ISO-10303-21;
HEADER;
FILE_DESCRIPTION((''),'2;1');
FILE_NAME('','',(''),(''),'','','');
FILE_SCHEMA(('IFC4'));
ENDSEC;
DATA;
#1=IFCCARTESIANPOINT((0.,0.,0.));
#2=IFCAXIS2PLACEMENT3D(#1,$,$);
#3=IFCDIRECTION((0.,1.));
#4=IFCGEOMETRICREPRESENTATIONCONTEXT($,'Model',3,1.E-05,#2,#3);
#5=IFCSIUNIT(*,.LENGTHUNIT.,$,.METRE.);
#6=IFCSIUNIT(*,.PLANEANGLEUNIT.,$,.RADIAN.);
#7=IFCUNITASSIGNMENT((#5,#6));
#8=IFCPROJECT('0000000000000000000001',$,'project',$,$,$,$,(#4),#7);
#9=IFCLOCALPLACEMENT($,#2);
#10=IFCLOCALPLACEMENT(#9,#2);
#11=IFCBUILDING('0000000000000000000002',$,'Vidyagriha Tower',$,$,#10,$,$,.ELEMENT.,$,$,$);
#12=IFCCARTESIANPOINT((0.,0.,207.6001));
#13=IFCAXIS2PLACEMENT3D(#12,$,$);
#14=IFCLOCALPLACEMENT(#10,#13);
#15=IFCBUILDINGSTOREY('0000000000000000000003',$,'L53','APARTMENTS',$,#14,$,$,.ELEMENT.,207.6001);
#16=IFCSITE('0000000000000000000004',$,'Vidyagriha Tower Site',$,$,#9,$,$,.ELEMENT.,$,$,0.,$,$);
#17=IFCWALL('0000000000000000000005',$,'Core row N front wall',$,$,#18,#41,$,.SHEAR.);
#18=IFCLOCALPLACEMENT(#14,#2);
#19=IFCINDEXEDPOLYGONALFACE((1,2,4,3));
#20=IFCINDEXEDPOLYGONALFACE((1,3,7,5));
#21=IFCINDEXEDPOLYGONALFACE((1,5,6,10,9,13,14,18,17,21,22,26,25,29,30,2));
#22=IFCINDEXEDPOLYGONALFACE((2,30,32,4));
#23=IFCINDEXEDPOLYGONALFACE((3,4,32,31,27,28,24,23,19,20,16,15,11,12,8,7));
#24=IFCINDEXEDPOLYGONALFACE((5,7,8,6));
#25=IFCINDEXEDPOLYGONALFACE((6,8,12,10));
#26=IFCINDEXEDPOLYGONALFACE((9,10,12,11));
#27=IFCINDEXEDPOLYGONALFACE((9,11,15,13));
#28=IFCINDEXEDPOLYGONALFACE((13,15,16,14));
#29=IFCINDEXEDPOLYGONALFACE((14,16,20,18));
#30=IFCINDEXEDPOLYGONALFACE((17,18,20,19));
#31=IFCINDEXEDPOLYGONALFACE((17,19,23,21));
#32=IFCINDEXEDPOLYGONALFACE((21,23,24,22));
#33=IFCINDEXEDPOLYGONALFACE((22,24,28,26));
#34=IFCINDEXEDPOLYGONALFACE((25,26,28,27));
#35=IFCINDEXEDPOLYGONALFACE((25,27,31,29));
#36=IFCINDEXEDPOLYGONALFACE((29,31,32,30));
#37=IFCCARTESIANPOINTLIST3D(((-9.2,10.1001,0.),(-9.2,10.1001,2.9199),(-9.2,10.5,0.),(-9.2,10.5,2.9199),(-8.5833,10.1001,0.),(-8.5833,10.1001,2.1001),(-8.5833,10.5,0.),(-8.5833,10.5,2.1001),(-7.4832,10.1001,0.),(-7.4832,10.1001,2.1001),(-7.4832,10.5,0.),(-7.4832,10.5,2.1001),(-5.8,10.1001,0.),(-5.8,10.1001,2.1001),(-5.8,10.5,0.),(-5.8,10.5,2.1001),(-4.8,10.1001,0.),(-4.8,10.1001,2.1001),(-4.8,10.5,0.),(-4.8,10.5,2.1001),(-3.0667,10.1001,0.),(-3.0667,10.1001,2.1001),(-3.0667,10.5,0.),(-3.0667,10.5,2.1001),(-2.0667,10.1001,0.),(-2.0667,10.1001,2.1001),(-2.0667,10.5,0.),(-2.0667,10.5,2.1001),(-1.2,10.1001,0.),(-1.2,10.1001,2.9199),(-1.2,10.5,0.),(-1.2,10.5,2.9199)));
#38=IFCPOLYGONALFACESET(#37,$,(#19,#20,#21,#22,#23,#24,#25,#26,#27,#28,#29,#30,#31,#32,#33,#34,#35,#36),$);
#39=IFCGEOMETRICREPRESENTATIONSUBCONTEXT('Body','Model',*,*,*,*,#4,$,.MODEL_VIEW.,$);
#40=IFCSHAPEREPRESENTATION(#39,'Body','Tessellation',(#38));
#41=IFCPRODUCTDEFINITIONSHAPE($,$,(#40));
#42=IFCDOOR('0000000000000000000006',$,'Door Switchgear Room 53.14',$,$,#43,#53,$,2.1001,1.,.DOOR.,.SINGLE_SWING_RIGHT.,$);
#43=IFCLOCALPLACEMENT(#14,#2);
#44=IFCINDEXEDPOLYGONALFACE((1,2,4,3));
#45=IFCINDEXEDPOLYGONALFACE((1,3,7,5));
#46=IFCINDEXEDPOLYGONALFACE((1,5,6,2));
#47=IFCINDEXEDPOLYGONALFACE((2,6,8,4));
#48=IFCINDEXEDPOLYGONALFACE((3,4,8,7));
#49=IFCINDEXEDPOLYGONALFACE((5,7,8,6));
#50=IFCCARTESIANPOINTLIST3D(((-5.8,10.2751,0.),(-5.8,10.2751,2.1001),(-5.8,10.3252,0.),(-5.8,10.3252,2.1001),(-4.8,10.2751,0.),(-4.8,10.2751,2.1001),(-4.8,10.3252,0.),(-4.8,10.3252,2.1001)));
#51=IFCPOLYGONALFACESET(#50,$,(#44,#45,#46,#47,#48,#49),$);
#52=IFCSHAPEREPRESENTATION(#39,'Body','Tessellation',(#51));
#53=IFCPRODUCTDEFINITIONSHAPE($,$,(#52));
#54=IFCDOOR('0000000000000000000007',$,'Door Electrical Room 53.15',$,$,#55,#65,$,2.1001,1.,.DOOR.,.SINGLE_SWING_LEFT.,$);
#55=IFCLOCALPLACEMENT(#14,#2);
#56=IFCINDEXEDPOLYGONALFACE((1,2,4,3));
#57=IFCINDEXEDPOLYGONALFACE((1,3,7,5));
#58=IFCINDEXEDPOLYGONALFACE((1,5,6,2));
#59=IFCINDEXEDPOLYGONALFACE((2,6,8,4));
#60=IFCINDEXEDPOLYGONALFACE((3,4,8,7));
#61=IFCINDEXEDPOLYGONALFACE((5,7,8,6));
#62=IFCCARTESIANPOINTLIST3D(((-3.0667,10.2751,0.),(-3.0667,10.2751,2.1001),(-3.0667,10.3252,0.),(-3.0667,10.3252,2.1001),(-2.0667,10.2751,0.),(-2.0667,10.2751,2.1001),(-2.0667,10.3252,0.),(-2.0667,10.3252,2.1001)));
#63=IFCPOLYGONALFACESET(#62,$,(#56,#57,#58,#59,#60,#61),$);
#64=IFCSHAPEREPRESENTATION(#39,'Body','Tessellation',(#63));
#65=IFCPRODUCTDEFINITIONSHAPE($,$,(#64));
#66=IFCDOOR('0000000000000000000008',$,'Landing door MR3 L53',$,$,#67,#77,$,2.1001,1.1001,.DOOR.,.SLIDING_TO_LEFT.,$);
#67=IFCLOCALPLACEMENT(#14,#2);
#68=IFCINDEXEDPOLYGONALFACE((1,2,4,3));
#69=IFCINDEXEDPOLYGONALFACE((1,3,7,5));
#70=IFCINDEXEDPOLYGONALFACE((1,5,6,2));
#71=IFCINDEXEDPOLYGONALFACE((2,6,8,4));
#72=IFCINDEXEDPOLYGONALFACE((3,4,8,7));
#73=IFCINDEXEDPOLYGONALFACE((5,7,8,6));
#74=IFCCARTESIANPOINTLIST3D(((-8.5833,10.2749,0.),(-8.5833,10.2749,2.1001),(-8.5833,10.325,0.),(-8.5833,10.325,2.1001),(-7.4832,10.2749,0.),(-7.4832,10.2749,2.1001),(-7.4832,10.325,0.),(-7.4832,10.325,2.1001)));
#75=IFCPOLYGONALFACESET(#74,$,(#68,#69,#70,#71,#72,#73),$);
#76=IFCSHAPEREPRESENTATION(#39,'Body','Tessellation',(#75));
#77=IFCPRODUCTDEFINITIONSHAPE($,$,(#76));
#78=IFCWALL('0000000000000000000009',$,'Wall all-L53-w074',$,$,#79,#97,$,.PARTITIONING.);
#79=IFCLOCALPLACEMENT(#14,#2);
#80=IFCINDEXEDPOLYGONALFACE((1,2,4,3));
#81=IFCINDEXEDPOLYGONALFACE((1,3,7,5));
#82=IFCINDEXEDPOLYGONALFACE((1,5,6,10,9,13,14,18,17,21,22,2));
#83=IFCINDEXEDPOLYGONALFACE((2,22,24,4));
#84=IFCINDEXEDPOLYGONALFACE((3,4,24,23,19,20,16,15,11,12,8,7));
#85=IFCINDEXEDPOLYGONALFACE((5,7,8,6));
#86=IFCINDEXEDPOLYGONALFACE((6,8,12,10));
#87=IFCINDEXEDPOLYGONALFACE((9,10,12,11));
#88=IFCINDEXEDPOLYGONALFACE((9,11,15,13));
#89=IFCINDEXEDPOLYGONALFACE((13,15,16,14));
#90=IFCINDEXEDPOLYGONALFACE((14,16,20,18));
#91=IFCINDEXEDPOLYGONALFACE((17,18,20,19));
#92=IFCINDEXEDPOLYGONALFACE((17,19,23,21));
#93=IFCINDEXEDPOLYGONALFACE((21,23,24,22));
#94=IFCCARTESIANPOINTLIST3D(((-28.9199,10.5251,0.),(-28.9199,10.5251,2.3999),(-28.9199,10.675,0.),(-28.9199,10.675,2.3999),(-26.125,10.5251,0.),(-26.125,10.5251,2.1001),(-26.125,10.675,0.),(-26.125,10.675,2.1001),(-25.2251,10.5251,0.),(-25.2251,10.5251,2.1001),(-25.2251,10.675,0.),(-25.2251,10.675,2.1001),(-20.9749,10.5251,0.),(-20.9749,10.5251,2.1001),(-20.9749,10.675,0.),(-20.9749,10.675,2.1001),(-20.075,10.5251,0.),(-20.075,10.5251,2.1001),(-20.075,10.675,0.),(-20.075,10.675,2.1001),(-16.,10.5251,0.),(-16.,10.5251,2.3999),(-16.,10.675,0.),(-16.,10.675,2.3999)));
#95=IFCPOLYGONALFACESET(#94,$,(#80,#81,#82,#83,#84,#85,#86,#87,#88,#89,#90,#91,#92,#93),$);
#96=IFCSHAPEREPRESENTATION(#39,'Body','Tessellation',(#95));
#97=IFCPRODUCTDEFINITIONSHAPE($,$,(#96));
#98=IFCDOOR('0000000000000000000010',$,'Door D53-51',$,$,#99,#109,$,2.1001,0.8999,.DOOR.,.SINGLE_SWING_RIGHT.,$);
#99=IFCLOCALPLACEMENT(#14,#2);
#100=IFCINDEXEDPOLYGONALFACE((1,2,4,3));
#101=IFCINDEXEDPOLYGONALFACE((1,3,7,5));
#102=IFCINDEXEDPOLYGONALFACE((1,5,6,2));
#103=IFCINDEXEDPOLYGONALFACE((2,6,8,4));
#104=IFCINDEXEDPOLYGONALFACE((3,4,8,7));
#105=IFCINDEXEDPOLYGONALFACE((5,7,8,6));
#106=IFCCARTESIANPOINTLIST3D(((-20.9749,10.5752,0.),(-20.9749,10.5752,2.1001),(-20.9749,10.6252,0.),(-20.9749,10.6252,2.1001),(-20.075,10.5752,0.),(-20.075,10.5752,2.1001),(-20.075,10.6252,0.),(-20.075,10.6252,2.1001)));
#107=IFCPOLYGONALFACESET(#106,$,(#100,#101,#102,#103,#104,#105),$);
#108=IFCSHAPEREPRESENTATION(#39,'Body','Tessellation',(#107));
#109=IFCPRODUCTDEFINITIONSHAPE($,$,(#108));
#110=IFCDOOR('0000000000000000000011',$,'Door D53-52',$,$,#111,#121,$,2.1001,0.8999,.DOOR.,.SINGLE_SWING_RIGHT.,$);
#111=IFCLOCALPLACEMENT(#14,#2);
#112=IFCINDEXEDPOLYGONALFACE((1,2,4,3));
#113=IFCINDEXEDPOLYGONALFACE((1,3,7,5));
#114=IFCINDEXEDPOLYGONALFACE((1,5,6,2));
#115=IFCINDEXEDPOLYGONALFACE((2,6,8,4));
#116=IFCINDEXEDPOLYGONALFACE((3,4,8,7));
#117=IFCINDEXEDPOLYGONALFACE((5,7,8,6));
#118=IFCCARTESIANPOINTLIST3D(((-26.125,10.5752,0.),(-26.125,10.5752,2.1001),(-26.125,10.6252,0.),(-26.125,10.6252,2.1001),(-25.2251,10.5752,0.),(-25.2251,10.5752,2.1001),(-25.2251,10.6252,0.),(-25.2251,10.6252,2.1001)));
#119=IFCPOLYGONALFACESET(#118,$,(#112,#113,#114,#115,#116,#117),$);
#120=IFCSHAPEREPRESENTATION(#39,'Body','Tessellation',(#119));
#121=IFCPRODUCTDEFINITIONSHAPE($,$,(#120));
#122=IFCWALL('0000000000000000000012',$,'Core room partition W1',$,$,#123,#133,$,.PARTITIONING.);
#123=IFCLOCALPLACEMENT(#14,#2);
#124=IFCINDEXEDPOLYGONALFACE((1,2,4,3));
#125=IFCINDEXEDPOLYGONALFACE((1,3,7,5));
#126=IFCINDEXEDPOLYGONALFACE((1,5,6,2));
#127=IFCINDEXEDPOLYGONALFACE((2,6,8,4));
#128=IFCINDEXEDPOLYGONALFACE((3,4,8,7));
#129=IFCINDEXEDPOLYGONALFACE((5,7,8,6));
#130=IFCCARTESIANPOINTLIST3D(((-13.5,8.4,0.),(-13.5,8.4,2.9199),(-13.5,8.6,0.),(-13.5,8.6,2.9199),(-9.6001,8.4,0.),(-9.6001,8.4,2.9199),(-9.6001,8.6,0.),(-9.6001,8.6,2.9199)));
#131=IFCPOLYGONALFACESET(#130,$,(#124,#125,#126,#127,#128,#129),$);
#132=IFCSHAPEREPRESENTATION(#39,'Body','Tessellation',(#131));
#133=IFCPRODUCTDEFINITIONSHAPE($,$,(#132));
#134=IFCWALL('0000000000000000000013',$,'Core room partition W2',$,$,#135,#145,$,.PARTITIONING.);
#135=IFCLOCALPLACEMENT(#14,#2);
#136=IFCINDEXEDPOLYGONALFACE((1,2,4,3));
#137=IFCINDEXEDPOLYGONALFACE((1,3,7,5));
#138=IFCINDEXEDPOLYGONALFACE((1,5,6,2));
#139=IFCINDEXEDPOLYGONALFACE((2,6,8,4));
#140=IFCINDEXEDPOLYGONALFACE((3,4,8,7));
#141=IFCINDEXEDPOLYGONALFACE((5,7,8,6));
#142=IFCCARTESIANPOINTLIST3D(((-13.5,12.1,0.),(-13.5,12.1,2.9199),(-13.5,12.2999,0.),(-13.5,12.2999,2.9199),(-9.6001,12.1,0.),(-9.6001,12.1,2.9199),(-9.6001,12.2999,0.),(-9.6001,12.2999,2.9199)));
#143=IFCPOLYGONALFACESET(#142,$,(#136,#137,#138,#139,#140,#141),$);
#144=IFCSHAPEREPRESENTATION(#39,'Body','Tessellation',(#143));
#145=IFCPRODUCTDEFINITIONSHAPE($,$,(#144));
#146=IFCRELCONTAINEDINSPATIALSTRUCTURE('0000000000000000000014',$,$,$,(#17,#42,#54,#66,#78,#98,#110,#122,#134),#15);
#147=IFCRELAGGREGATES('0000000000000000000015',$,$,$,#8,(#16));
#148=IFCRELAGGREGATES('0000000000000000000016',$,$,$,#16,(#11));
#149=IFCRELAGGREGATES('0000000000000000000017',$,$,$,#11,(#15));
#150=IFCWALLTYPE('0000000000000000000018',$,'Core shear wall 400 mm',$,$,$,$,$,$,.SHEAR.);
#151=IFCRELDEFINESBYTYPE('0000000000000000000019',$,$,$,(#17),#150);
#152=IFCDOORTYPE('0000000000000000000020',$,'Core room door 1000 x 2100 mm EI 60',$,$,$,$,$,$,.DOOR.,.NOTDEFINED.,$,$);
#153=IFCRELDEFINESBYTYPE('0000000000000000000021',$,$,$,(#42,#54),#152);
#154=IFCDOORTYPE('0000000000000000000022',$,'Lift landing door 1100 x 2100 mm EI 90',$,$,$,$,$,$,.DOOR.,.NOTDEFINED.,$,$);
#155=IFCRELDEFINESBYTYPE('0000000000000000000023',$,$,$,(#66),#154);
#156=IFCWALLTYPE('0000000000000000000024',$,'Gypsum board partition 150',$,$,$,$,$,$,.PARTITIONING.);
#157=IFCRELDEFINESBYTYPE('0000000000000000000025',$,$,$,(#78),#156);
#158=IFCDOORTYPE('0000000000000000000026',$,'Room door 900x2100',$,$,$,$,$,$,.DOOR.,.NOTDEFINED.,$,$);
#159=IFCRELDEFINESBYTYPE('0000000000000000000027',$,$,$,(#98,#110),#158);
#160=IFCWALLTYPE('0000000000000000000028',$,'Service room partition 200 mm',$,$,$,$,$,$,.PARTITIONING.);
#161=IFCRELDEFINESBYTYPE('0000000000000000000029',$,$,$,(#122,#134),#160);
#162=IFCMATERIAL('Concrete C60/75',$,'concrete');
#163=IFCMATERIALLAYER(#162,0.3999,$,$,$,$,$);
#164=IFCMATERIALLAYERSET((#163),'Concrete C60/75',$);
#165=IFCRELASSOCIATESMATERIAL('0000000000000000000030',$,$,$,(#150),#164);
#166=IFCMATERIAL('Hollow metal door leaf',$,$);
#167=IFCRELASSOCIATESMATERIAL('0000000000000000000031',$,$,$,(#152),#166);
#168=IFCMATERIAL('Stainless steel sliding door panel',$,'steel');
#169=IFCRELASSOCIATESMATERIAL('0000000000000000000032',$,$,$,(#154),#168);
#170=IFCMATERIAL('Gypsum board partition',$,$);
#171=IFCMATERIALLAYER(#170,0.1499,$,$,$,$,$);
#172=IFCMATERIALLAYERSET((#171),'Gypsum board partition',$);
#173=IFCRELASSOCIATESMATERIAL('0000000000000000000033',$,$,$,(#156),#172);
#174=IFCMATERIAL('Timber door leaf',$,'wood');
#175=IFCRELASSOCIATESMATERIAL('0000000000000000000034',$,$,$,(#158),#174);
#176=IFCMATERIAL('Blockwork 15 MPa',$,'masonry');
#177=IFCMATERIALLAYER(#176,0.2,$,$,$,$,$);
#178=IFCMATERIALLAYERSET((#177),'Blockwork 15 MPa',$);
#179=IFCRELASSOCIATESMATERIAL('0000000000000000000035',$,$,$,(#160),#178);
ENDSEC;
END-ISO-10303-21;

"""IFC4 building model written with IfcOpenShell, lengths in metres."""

from ifc_helpers import new_model, si_unit, direction, frame, frame_2d, origin, place, context, subcontext, project, spatial, rectangle, extrude, material, layer, layer_set, type_object, element, fill, save


model = new_model("IFC4")

# Units and contexts
model_context = context("Model", 3, precision=1e-05, world=origin(), true_north=direction((0.0, 1.0)))
body_context = subcontext(model_context, "Body", "Model", "MODEL_VIEW")
ifc_project = project(units=[si_unit("LENGTHUNIT", "METRE"), si_unit("PLANEANGLEUNIT", "RADIAN")], contexts=[model_context])

# Site, building, storey
site_placement = place(None, origin())
site = spatial("IfcSite", under=ifc_project, at=site_placement, Name="Vidyagriha Tower Site", CompositionType="ELEMENT", RefElevation=0.0)
building_placement = place(site_placement, origin())
building = spatial("IfcBuilding", under=site, at=building_placement, Name="Vidyagriha Tower", CompositionType="ELEMENT")
storey_placement = place(building_placement, frame((0.0, 0.0, 207.6001)))
storey = spatial("IfcBuildingStorey", under=building, at=storey_placement, Name="L53", Description="APARTMENTS", CompositionType="ELEMENT", Elevation=207.6001)

# Walls, openings, doors
ifc_material_1 = material(Name="Concrete C60/75", Category="concrete")
ifc_layer_1 = layer(ifc_material_1, 0.3999)
ifc_layer_set_1 = layer_set([ifc_layer_1], Name="Concrete C60/75")
wall_type_1 = type_object("IfcWallType", Name="Core shear wall 400 mm", PredefinedType="SHEAR", material=ifc_layer_set_1)
ifc_material_2 = material(Name="Hollow metal door leaf")
door_type_1 = type_object("IfcDoorType", Name="Core room door 1000 x 2100 mm EI 60", OperationType="NOTDEFINED", PredefinedType="DOOR", material=ifc_material_2)
wall_1_placement = place(storey_placement, frame((-9.2, 10.3, 0.0)))
wall_1 = element("IfcWall", 1, at=wall_1_placement, inside=storey, type_object=wall_type_1, Name="Core row N front wall", PredefinedType="SHEAR", context=body_context, shape_type="SweptSolid", body=[
    extrude(rectangle(XDim=8.0, YDim=0.3999, at=frame_2d((4.0, 0.0))), origin(), (0.0, 0.0, 1.0), 2.9199),
])
opening_1_placement = place(wall_1_placement, frame((0.6167, 0.0, 0.0)))
opening_1 = element("IfcOpeningElement", 2, at=opening_1_placement, cuts=wall_1, PredefinedType="OPENING", context=body_context, shape_type="SweptSolid", body=[
    extrude(rectangle(XDim=1.1001, YDim=2.1001, at=frame_2d((0.55, 1.05))), frame((0.0, 0.21, 0.0), z_axis=(0.0, -1.0, 0.0), x_axis=(1.0, 0.0, 0.0)), (0.0, 0.0, 1.0), 0.4199),
])
opening_2_placement = place(wall_1_placement, frame((3.3999, 0.0, 0.0)))
opening_2 = element("IfcOpeningElement", 3, at=opening_2_placement, cuts=wall_1, PredefinedType="OPENING", context=body_context, shape_type="SweptSolid", body=[
    extrude(rectangle(XDim=1.0, YDim=2.1001, at=frame_2d((0.5, 1.05))), frame((0.0, 0.21, 0.0), z_axis=(0.0, -1.0, 0.0), x_axis=(1.0, 0.0, 0.0)), (0.0, 0.0, 1.0), 0.4199),
])
opening_3_placement = place(wall_1_placement, frame((6.1333, 0.0, 0.0)))
opening_3 = element("IfcOpeningElement", 4, at=opening_3_placement, cuts=wall_1, PredefinedType="OPENING", context=body_context, shape_type="SweptSolid", body=[
    extrude(rectangle(XDim=1.0, YDim=2.1001, at=frame_2d((0.5, 1.05))), frame((0.0, 0.21, 0.0), z_axis=(0.0, -1.0, 0.0), x_axis=(1.0, 0.0, 0.0)), (0.0, 0.0, 1.0), 0.4199),
])
door_1_placement = place(opening_2_placement, frame((1.0, 0.0, 0.0), z_axis=(0.0, 0.0, 1.0), x_axis=(-1.0, 0.0, 0.0)))
door_1 = element("IfcDoor", 5, at=door_1_placement, inside=storey, type_object=door_type_1, Name="Door Switchgear Room 53.14", OperationType="SINGLE_SWING_RIGHT", OverallHeight=2.1001, OverallWidth=1.0, PredefinedType="DOOR", context=body_context, shape_type="SweptSolid", body=[
    extrude(rectangle(XDim=1.0, YDim=2.1001, at=frame_2d((0.5, 1.05))), frame((0.0, 0.0249, 0.0), z_axis=(0.0, -1.0, 0.0), x_axis=(1.0, 0.0, 0.0)), (0.0, 0.0, 1.0), 0.05),
])
fill(opening_2, door_1)
door_2_placement = place(opening_3_placement, frame((1.0, 0.0, 0.0), z_axis=(0.0, 0.0, 1.0), x_axis=(-1.0, 0.0, 0.0)))
door_2 = element("IfcDoor", 6, at=door_2_placement, inside=storey, type_object=door_type_1, Name="Door Electrical Room 53.15", OperationType="SINGLE_SWING_LEFT", OverallHeight=2.1001, OverallWidth=1.0, PredefinedType="DOOR", context=body_context, shape_type="SweptSolid", body=[
    extrude(rectangle(XDim=1.0, YDim=2.1001, at=frame_2d((0.5, 1.05))), frame((0.0, 0.0249, 0.0), z_axis=(0.0, -1.0, 0.0), x_axis=(1.0, 0.0, 0.0)), (0.0, 0.0, 1.0), 0.05),
])
fill(opening_3, door_2)
ifc_material_3 = material(Name="Stainless steel sliding door panel", Category="steel")
door_type_2 = type_object("IfcDoorType", Name="Lift landing door 1100 x 2100 mm EI 90", OperationType="NOTDEFINED", PredefinedType="DOOR", material=ifc_material_3)
door_3_placement = place(opening_1_placement, origin())
door_3 = element("IfcDoor", 7, at=door_3_placement, inside=storey, type_object=door_type_2, Name="Landing door MR3 L53", OperationType="SLIDING_TO_LEFT", OverallHeight=2.1001, OverallWidth=1.1001, PredefinedType="DOOR", context=body_context, shape_type="SweptSolid", body=[
    extrude(rectangle(XDim=1.1001, YDim=2.1001, at=frame_2d((0.55, 1.05))), frame((0.0, 0.0249, 0.0), z_axis=(0.0, -1.0, 0.0), x_axis=(1.0, 0.0, 0.0)), (0.0, 0.0, 1.0), 0.05),
])
fill(opening_1, door_3)
ifc_material_4 = material(Name="Gypsum board partition")
ifc_layer_2 = layer(ifc_material_4, 0.1499)
ifc_layer_set_2 = layer_set([ifc_layer_2], Name="Gypsum board partition")
wall_type_2 = type_object("IfcWallType", Name="Gypsum board partition 150", PredefinedType="PARTITIONING", material=ifc_layer_set_2)
wall_2_placement = place(storey_placement, frame((-16.0, 10.6001, 0.0), z_axis=(0.0, 0.0, 1.0), x_axis=(-1.0, 0.0, 0.0)))
wall_2 = element("IfcWall", 8, at=wall_2_placement, inside=storey, type_object=wall_type_2, Name="Wall all-L53-w074", PredefinedType="PARTITIONING", context=body_context, shape_type="SweptSolid", body=[
    extrude(rectangle(XDim=12.9199, YDim=0.1499, at=frame_2d((6.46, 0.0))), origin(), (0.0, 0.0, 1.0), 2.3999),
])
opening_4_placement = place(wall_2_placement, frame((4.075, 0.0, 0.0)))
opening_4 = element("IfcOpeningElement", 9, at=opening_4_placement, cuts=wall_2, PredefinedType="OPENING", context=body_context, shape_type="SweptSolid", body=[
    extrude(rectangle(XDim=0.8999, YDim=2.1001, at=frame_2d((0.45, 1.05))), frame((0.0, 0.085, 0.0), z_axis=(0.0, -1.0, 0.0), x_axis=(1.0, 0.0, 0.0)), (0.0, 0.0, 1.0), 0.1699),
])
opening_5_placement = place(wall_2_placement, frame((9.2251, 0.0, 0.0)))
opening_5 = element("IfcOpeningElement", 10, at=opening_5_placement, cuts=wall_2, PredefinedType="OPENING", context=body_context, shape_type="SweptSolid", body=[
    extrude(rectangle(XDim=0.8999, YDim=2.1001, at=frame_2d((0.45, 1.05))), frame((0.0, 0.085, 0.0), z_axis=(0.0, -1.0, 0.0), x_axis=(1.0, 0.0, 0.0)), (0.0, 0.0, 1.0), 0.1699),
])
ifc_material_5 = material(Name="Timber door leaf", Category="wood")
door_type_3 = type_object("IfcDoorType", Name="Room door 900x2100", OperationType="NOTDEFINED", PredefinedType="DOOR", material=ifc_material_5)
door_4_placement = place(opening_4_placement, origin())
door_4 = element("IfcDoor", 11, at=door_4_placement, inside=storey, type_object=door_type_3, Name="Door D53-51", OperationType="SINGLE_SWING_RIGHT", OverallHeight=2.1001, OverallWidth=0.8999, PredefinedType="DOOR", context=body_context, shape_type="SweptSolid", body=[
    extrude(rectangle(XDim=0.8999, YDim=2.1001, at=frame_2d((0.45, 1.05))), frame((0.0, 0.0249, 0.0), z_axis=(0.0, -1.0, 0.0), x_axis=(1.0, 0.0, 0.0)), (0.0, 0.0, 1.0), 0.05),
])
fill(opening_4, door_4)
door_5_placement = place(opening_5_placement, origin())
door_5 = element("IfcDoor", 12, at=door_5_placement, inside=storey, type_object=door_type_3, Name="Door D53-52", OperationType="SINGLE_SWING_RIGHT", OverallHeight=2.1001, OverallWidth=0.8999, PredefinedType="DOOR", context=body_context, shape_type="SweptSolid", body=[
    extrude(rectangle(XDim=0.8999, YDim=2.1001, at=frame_2d((0.45, 1.05))), frame((0.0, 0.0249, 0.0), z_axis=(0.0, -1.0, 0.0), x_axis=(1.0, 0.0, 0.0)), (0.0, 0.0, 1.0), 0.05),
])
fill(opening_5, door_5)

# Walls
ifc_material_6 = material(Name="Blockwork 15 MPa", Category="masonry")
ifc_layer_3 = layer(ifc_material_6, 0.2)
ifc_layer_set_3 = layer_set([ifc_layer_3], Name="Blockwork 15 MPa")
wall_type_3 = type_object("IfcWallType", Name="Service room partition 200 mm", PredefinedType="PARTITIONING", material=ifc_layer_set_3)
for number, where, name in (
    (13, (-13.5, 8.5, 0.0), "Core room partition W1"),
    (14, (-13.5, 12.2, 0.0), "Core room partition W2"),
):
    element("IfcWall", number, at=place(storey_placement, frame(where)), inside=storey, type_object=wall_type_3, Name=name, PredefinedType="PARTITIONING", context=body_context, shape_type="SweptSolid", body=[
        extrude(rectangle(XDim=3.8999, YDim=0.2, at=frame_2d((1.95, 0.0))), origin(), (0.0, 0.0, 1.0), 2.9199),
    ])

save(model, "model.ifc")
